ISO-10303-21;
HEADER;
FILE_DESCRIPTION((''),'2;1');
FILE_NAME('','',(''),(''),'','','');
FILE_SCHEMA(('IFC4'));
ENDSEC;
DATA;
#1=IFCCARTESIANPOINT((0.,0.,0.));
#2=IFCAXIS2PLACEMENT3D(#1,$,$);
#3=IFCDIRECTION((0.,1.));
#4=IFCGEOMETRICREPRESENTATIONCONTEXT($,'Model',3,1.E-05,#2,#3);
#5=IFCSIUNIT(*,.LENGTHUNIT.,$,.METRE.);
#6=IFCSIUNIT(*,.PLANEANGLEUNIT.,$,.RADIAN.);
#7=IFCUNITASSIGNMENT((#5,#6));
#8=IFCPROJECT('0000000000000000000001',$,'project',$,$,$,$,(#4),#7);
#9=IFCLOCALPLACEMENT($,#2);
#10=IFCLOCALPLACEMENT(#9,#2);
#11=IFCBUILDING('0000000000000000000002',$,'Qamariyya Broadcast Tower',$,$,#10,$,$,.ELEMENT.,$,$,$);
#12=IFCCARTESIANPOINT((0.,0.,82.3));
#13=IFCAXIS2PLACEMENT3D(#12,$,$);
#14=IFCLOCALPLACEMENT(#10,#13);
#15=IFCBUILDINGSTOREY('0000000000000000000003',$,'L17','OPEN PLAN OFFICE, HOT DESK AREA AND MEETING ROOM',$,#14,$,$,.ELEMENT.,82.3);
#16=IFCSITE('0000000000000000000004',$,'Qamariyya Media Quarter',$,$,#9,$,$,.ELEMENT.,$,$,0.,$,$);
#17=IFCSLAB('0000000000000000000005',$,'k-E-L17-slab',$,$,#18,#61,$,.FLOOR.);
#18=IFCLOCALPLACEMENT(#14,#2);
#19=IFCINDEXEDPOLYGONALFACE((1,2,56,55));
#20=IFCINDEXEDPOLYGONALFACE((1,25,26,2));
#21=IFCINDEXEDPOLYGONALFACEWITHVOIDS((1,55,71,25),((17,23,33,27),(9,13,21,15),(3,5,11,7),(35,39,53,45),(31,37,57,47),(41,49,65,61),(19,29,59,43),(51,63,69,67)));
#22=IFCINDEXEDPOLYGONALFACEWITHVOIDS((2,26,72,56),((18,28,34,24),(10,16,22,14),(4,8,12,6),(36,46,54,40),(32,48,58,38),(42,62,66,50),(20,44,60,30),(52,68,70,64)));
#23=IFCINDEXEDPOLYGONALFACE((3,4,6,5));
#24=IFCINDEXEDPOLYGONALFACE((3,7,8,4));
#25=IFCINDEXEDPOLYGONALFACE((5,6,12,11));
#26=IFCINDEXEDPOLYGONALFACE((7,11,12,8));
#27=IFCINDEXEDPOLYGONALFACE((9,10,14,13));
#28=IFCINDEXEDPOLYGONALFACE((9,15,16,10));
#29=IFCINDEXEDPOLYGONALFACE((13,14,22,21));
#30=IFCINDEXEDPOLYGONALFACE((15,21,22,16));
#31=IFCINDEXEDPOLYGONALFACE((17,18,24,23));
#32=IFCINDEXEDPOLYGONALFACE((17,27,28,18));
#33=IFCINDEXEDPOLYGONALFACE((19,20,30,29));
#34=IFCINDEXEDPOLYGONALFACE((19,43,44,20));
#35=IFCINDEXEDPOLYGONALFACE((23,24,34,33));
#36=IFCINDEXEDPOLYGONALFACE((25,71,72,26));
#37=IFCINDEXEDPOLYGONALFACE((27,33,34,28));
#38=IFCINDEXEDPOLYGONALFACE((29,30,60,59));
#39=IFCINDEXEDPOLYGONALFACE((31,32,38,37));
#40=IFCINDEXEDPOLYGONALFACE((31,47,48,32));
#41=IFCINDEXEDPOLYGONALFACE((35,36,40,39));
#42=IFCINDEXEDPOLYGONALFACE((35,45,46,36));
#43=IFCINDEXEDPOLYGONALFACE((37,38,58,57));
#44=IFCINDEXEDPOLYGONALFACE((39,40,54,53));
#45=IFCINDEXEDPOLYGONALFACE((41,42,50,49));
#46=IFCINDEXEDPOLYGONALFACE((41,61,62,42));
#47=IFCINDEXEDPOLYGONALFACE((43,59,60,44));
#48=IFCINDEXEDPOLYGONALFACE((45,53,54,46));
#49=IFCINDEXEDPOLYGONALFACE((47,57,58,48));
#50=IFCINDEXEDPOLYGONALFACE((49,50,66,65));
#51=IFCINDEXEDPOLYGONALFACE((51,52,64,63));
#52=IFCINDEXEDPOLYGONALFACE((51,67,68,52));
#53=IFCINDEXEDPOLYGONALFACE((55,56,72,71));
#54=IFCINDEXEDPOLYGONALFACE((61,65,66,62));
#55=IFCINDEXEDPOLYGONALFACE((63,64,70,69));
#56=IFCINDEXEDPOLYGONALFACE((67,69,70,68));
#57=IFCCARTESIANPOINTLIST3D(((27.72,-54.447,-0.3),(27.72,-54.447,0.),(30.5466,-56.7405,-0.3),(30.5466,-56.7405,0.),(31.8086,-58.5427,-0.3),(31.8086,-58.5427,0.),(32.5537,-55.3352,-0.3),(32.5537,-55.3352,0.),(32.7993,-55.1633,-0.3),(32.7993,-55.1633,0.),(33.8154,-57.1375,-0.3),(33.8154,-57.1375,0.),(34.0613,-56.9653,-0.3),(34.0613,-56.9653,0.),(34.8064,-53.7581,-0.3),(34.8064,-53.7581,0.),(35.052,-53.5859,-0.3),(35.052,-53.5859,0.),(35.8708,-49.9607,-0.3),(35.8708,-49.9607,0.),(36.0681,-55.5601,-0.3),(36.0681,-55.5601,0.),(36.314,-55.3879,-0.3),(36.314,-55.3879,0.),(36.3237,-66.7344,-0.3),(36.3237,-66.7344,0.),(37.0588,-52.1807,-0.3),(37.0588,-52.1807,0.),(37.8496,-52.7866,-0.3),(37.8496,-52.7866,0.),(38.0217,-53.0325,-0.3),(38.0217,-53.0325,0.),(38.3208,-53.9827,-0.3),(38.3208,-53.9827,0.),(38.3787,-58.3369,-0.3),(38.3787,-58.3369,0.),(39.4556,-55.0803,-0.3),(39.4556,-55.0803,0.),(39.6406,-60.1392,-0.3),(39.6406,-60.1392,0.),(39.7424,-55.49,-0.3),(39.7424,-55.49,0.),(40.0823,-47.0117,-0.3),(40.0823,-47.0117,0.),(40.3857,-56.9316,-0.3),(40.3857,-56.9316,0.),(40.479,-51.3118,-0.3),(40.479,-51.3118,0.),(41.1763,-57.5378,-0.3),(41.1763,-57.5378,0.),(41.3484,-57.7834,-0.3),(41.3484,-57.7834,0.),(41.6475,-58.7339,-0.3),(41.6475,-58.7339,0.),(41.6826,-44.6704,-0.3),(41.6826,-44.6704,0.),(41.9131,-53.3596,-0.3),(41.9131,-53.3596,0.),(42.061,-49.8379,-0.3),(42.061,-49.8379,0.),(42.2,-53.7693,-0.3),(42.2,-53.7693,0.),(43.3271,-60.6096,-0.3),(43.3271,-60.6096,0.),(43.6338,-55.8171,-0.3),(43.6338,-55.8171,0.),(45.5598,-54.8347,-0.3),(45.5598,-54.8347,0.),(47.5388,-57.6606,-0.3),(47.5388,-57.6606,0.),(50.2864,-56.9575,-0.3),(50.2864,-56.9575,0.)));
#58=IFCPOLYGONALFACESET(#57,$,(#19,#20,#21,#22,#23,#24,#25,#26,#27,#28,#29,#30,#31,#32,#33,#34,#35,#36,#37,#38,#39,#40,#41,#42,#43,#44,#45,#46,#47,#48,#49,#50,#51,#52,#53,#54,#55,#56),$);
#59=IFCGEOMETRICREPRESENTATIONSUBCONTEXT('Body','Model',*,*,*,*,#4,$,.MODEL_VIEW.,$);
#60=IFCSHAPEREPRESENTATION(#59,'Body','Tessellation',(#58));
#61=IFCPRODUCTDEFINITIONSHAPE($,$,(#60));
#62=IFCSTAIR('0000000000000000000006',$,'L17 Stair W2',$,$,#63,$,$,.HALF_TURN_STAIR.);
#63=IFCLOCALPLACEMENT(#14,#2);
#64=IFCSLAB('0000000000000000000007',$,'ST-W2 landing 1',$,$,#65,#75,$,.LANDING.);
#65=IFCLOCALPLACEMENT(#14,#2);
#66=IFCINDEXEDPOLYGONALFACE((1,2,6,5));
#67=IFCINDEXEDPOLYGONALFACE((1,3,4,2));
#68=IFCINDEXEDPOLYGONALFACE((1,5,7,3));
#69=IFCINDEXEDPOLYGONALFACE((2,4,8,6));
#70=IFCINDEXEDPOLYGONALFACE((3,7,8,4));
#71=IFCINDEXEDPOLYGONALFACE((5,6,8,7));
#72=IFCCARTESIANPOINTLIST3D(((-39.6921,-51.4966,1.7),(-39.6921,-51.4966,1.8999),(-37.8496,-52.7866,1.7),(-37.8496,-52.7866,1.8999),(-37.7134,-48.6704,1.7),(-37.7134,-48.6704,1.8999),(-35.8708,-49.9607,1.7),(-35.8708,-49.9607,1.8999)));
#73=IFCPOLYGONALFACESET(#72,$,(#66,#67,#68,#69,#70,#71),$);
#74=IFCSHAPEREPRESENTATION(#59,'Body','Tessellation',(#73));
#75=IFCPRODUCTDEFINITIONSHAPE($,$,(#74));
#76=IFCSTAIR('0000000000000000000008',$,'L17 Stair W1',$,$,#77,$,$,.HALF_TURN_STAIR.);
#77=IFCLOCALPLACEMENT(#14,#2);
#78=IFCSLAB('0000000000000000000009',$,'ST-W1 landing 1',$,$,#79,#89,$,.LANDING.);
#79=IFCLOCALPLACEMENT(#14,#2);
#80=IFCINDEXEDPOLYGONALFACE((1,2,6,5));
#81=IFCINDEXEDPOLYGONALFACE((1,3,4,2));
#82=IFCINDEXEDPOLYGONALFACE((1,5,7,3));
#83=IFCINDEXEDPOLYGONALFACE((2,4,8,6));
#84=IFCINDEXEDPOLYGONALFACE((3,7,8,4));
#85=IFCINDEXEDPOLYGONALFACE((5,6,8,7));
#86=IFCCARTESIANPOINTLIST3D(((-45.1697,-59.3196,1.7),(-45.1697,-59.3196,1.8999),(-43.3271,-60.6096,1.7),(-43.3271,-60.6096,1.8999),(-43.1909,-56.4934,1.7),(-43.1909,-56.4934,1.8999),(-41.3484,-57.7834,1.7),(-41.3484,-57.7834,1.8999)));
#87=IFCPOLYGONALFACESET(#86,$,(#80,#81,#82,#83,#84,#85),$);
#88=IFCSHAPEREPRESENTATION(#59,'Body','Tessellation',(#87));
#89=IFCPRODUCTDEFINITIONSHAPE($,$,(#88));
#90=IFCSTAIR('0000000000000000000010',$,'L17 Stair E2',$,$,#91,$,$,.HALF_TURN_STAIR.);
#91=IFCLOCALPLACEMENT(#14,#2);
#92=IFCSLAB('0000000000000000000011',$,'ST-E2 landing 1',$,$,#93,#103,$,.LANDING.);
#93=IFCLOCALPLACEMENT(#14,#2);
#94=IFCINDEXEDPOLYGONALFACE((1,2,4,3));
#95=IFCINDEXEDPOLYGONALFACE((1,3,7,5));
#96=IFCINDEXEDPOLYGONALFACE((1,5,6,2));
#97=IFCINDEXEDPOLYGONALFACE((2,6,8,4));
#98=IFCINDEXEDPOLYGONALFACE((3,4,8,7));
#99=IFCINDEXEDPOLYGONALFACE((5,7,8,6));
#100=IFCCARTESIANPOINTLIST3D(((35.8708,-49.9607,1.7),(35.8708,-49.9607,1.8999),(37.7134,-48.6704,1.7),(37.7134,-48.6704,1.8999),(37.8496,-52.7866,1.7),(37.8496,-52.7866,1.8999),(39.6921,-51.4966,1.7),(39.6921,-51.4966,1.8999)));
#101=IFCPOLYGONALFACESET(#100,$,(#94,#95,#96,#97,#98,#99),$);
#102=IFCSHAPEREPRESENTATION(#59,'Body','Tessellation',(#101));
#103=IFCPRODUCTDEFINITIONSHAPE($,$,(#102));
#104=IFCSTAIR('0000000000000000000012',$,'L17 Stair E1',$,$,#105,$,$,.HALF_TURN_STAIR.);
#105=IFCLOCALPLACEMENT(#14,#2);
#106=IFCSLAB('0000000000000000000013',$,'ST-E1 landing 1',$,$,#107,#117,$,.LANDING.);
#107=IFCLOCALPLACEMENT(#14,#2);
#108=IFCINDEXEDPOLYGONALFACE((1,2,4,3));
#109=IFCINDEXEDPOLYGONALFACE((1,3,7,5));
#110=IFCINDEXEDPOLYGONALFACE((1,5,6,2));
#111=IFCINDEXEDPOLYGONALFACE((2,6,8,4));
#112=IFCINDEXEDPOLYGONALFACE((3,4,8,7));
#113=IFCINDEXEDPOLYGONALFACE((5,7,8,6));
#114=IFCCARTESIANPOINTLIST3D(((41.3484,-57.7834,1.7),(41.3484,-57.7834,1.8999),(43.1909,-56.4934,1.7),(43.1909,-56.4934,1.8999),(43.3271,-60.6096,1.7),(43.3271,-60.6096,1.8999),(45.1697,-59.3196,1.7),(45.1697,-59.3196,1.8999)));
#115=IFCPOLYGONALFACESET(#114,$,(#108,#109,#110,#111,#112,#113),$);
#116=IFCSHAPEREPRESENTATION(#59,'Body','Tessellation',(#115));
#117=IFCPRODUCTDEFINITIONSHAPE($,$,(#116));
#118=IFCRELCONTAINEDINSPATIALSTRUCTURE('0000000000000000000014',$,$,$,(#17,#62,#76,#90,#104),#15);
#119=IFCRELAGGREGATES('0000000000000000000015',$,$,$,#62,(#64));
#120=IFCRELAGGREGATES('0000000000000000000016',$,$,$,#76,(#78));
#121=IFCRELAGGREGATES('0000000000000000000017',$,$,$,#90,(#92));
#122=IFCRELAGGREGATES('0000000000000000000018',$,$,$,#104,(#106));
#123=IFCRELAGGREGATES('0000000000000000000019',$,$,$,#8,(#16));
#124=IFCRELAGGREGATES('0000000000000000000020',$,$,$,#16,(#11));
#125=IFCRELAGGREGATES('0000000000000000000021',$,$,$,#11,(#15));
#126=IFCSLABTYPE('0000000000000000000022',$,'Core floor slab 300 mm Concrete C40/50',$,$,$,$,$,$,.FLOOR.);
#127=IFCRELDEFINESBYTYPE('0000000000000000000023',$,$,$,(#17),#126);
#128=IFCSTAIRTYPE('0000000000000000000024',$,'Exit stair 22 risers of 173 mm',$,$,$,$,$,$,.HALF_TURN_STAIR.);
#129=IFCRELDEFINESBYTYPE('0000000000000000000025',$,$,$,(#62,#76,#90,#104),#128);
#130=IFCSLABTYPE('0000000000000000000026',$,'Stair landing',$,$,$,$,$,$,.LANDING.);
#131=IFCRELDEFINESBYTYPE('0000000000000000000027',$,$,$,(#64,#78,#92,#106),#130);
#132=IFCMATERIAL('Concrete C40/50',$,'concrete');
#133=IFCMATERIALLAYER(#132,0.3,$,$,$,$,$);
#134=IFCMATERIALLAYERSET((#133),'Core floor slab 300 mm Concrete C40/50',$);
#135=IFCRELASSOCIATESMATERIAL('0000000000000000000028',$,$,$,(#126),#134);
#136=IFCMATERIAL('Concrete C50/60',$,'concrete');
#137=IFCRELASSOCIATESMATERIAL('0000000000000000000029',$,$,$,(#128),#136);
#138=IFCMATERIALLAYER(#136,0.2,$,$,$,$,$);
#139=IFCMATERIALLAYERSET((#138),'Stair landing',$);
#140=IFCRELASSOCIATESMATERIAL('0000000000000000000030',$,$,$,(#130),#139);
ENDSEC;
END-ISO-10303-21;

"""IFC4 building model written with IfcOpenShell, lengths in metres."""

from ifc_helpers import new_model, si_unit, direction, frame, origin, place, context, subcontext, project, spatial, polyline, outline, extrude, material, layer, layer_set, type_object, element, aggregate, save


model = new_model("IFC4")

# Units and contexts
model_context = context("Model", 3, precision=1e-05, world=origin(), true_north=direction((0.0, 1.0)))
body_context = subcontext(model_context, "Body", "Model", "MODEL_VIEW")
ifc_project = project(units=[si_unit("LENGTHUNIT", "METRE"), si_unit("PLANEANGLEUNIT", "RADIAN")], contexts=[model_context])

# Site, building, storey
site_placement = place(None, origin())
building_placement = place(site_placement, origin())
storey_placement = place(building_placement, frame((0.0, 0.0, 82.3)))
site = spatial("IfcSite", under=ifc_project, at=site_placement, Name="Qamariyya Media Quarter", CompositionType="ELEMENT", RefElevation=0.0)
building = spatial("IfcBuilding", under=site, at=building_placement, Name="Qamariyya Broadcast Tower", CompositionType="ELEMENT")
storey = spatial("IfcBuildingStorey", under=building, at=storey_placement, Name="L17", Description="OPEN PLAN OFFICE, HOT DESK AREA AND MEETING ROOM", CompositionType="ELEMENT", Elevation=82.3)

# Slab
ifc_material_1 = material(Name="Concrete C40/50", Category="concrete")
ifc_layer_1 = layer(ifc_material_1, 0.3)
ifc_layer_set_1 = layer_set([ifc_layer_1], Name="Core floor slab 300 mm Concrete C40/50")
slab_type_1 = type_object("IfcSlabType", Name="Core floor slab 300 mm Concrete C40/50", PredefinedType="FLOOR", material=ifc_layer_set_1)
slab_1_placement = place(storey_placement, frame((0.0, 0.0, -0.3)))
element("IfcSlab", 1, at=slab_1_placement, inside=storey, type_object=slab_type_1, Name="k-E-L17-slab", PredefinedType="FLOOR", context=body_context, shape_type="SweptSolid", body=[
    extrude(outline(polyline([(36.3237, -66.7344), (50.2864, -56.9575), (41.6826, -44.6704), (27.72, -54.447), (36.3237, -66.7344)]), holes=[polyline([(31.8086, -58.5427), (33.8154, -57.1375), (32.5537, -55.3352), (30.5466, -56.7405), (31.8086, -58.5427)]), polyline([(34.0613, -56.9653), (36.0681, -55.5601), (34.8064, -53.7581), (32.7993, -55.1633), (34.0613, -56.9653)]), polyline([(36.314, -55.3879), (38.3208, -53.9827), (37.0588, -52.1807), (35.052, -53.5859), (36.314, -55.3879)]), polyline([(38.3787, -58.3369), (40.3857, -56.9316), (41.6475, -58.7339), (39.6406, -60.1392), (38.3787, -58.3369)]), polyline([(39.7424, -55.49), (42.2, -53.7693), (43.6338, -55.8171), (41.1763, -57.5378), (39.7424, -55.49)]), polyline([(39.4556, -55.0803), (41.9131, -53.3596), (40.479, -51.3118), (38.0217, -53.0325), (39.4556, -55.0803)]), polyline([(40.0823, -47.0117), (35.8708, -49.9607), (37.8496, -52.7866), (42.061, -49.8379), (40.0823, -47.0117)]), polyline([(45.5598, -54.8347), (41.3484, -57.7834), (43.3271, -60.6096), (47.5388, -57.6606), (45.5598, -54.8347)])]), origin(), (0.0, 0.0, 1.0), 0.3),
])

# Stairs, slabs
ifc_material_2 = material(Name="Concrete C50/60", Category="concrete")
stair_type = type_object("IfcStairType", Name="Exit stair 22 risers of 173 mm", PredefinedType="HALF_TURN_STAIR", material=ifc_material_2)
stair_1_placement = place(storey_placement, origin())
stair_1 = element("IfcStair", 2, at=stair_1_placement, inside=storey, type_object=stair_type, Name="L17 Stair W2", PredefinedType="HALF_TURN_STAIR")
ifc_layer_2 = layer(ifc_material_2, 0.2)
ifc_layer_set_2 = layer_set([ifc_layer_2], Name="Stair landing")
slab_type_2 = type_object("IfcSlabType", Name="Stair landing", PredefinedType="LANDING", material=ifc_layer_set_2)
slab_2_placement = place(storey_placement, frame((0.0, 0.0, 1.7)))
slab_2 = element("IfcSlab", 3, at=slab_2_placement, type_object=slab_type_2, Name="ST-W2 landing 1", PredefinedType="LANDING", context=body_context, shape_type="SweptSolid", body=[
    extrude(outline(polyline([(-39.6921, -51.4966), (-37.8496, -52.7866), (-35.8708, -49.9607), (-37.7134, -48.6704), (-39.6921, -51.4966)])), origin(), (0.0, 0.0, 1.0), 0.2),
])
aggregate(stair_1, [slab_2])
stair_2_placement = place(storey_placement, origin())
stair_2 = element("IfcStair", 4, at=stair_2_placement, inside=storey, type_object=stair_type, Name="L17 Stair W1", PredefinedType="HALF_TURN_STAIR")
slab_3_placement = place(storey_placement, frame((0.0, 0.0, 1.7)))
slab_3 = element("IfcSlab", 5, at=slab_3_placement, type_object=slab_type_2, Name="ST-W1 landing 1", PredefinedType="LANDING", context=body_context, shape_type="SweptSolid", body=[
    extrude(outline(polyline([(-45.1697, -59.3196), (-43.3271, -60.6096), (-41.3484, -57.7834), (-43.1909, -56.4934), (-45.1697, -59.3196)])), origin(), (0.0, 0.0, 1.0), 0.2),
])
aggregate(stair_2, [slab_3])
stair_3_placement = place(storey_placement, origin())
stair_3 = element("IfcStair", 6, at=stair_3_placement, inside=storey, type_object=stair_type, Name="L17 Stair E2", PredefinedType="HALF_TURN_STAIR")
slab_4_placement = place(storey_placement, frame((0.0, 0.0, 1.7)))
slab_4 = element("IfcSlab", 7, at=slab_4_placement, type_object=slab_type_2, Name="ST-E2 landing 1", PredefinedType="LANDING", context=body_context, shape_type="SweptSolid", body=[
    extrude(outline(polyline([(37.7134, -48.6704), (35.8708, -49.9607), (37.8496, -52.7866), (39.6921, -51.4966), (37.7134, -48.6704)])), origin(), (0.0, 0.0, 1.0), 0.2),
])
aggregate(stair_3, [slab_4])
stair_4_placement = place(storey_placement, origin())
stair_4 = element("IfcStair", 8, at=stair_4_placement, inside=storey, type_object=stair_type, Name="L17 Stair E1", PredefinedType="HALF_TURN_STAIR")
slab_5_placement = place(storey_placement, frame((0.0, 0.0, 1.7)))
slab_5 = element("IfcSlab", 9, at=slab_5_placement, type_object=slab_type_2, Name="ST-E1 landing 1", PredefinedType="LANDING", context=body_context, shape_type="SweptSolid", body=[
    extrude(outline(polyline([(43.1909, -56.4934), (41.3484, -57.7834), (43.3271, -60.6096), (45.1697, -59.3196), (43.1909, -56.4934)])), origin(), (0.0, 0.0, 1.0), 0.2),
])
aggregate(stair_4, [slab_5])

save(model, "model.ifc")
